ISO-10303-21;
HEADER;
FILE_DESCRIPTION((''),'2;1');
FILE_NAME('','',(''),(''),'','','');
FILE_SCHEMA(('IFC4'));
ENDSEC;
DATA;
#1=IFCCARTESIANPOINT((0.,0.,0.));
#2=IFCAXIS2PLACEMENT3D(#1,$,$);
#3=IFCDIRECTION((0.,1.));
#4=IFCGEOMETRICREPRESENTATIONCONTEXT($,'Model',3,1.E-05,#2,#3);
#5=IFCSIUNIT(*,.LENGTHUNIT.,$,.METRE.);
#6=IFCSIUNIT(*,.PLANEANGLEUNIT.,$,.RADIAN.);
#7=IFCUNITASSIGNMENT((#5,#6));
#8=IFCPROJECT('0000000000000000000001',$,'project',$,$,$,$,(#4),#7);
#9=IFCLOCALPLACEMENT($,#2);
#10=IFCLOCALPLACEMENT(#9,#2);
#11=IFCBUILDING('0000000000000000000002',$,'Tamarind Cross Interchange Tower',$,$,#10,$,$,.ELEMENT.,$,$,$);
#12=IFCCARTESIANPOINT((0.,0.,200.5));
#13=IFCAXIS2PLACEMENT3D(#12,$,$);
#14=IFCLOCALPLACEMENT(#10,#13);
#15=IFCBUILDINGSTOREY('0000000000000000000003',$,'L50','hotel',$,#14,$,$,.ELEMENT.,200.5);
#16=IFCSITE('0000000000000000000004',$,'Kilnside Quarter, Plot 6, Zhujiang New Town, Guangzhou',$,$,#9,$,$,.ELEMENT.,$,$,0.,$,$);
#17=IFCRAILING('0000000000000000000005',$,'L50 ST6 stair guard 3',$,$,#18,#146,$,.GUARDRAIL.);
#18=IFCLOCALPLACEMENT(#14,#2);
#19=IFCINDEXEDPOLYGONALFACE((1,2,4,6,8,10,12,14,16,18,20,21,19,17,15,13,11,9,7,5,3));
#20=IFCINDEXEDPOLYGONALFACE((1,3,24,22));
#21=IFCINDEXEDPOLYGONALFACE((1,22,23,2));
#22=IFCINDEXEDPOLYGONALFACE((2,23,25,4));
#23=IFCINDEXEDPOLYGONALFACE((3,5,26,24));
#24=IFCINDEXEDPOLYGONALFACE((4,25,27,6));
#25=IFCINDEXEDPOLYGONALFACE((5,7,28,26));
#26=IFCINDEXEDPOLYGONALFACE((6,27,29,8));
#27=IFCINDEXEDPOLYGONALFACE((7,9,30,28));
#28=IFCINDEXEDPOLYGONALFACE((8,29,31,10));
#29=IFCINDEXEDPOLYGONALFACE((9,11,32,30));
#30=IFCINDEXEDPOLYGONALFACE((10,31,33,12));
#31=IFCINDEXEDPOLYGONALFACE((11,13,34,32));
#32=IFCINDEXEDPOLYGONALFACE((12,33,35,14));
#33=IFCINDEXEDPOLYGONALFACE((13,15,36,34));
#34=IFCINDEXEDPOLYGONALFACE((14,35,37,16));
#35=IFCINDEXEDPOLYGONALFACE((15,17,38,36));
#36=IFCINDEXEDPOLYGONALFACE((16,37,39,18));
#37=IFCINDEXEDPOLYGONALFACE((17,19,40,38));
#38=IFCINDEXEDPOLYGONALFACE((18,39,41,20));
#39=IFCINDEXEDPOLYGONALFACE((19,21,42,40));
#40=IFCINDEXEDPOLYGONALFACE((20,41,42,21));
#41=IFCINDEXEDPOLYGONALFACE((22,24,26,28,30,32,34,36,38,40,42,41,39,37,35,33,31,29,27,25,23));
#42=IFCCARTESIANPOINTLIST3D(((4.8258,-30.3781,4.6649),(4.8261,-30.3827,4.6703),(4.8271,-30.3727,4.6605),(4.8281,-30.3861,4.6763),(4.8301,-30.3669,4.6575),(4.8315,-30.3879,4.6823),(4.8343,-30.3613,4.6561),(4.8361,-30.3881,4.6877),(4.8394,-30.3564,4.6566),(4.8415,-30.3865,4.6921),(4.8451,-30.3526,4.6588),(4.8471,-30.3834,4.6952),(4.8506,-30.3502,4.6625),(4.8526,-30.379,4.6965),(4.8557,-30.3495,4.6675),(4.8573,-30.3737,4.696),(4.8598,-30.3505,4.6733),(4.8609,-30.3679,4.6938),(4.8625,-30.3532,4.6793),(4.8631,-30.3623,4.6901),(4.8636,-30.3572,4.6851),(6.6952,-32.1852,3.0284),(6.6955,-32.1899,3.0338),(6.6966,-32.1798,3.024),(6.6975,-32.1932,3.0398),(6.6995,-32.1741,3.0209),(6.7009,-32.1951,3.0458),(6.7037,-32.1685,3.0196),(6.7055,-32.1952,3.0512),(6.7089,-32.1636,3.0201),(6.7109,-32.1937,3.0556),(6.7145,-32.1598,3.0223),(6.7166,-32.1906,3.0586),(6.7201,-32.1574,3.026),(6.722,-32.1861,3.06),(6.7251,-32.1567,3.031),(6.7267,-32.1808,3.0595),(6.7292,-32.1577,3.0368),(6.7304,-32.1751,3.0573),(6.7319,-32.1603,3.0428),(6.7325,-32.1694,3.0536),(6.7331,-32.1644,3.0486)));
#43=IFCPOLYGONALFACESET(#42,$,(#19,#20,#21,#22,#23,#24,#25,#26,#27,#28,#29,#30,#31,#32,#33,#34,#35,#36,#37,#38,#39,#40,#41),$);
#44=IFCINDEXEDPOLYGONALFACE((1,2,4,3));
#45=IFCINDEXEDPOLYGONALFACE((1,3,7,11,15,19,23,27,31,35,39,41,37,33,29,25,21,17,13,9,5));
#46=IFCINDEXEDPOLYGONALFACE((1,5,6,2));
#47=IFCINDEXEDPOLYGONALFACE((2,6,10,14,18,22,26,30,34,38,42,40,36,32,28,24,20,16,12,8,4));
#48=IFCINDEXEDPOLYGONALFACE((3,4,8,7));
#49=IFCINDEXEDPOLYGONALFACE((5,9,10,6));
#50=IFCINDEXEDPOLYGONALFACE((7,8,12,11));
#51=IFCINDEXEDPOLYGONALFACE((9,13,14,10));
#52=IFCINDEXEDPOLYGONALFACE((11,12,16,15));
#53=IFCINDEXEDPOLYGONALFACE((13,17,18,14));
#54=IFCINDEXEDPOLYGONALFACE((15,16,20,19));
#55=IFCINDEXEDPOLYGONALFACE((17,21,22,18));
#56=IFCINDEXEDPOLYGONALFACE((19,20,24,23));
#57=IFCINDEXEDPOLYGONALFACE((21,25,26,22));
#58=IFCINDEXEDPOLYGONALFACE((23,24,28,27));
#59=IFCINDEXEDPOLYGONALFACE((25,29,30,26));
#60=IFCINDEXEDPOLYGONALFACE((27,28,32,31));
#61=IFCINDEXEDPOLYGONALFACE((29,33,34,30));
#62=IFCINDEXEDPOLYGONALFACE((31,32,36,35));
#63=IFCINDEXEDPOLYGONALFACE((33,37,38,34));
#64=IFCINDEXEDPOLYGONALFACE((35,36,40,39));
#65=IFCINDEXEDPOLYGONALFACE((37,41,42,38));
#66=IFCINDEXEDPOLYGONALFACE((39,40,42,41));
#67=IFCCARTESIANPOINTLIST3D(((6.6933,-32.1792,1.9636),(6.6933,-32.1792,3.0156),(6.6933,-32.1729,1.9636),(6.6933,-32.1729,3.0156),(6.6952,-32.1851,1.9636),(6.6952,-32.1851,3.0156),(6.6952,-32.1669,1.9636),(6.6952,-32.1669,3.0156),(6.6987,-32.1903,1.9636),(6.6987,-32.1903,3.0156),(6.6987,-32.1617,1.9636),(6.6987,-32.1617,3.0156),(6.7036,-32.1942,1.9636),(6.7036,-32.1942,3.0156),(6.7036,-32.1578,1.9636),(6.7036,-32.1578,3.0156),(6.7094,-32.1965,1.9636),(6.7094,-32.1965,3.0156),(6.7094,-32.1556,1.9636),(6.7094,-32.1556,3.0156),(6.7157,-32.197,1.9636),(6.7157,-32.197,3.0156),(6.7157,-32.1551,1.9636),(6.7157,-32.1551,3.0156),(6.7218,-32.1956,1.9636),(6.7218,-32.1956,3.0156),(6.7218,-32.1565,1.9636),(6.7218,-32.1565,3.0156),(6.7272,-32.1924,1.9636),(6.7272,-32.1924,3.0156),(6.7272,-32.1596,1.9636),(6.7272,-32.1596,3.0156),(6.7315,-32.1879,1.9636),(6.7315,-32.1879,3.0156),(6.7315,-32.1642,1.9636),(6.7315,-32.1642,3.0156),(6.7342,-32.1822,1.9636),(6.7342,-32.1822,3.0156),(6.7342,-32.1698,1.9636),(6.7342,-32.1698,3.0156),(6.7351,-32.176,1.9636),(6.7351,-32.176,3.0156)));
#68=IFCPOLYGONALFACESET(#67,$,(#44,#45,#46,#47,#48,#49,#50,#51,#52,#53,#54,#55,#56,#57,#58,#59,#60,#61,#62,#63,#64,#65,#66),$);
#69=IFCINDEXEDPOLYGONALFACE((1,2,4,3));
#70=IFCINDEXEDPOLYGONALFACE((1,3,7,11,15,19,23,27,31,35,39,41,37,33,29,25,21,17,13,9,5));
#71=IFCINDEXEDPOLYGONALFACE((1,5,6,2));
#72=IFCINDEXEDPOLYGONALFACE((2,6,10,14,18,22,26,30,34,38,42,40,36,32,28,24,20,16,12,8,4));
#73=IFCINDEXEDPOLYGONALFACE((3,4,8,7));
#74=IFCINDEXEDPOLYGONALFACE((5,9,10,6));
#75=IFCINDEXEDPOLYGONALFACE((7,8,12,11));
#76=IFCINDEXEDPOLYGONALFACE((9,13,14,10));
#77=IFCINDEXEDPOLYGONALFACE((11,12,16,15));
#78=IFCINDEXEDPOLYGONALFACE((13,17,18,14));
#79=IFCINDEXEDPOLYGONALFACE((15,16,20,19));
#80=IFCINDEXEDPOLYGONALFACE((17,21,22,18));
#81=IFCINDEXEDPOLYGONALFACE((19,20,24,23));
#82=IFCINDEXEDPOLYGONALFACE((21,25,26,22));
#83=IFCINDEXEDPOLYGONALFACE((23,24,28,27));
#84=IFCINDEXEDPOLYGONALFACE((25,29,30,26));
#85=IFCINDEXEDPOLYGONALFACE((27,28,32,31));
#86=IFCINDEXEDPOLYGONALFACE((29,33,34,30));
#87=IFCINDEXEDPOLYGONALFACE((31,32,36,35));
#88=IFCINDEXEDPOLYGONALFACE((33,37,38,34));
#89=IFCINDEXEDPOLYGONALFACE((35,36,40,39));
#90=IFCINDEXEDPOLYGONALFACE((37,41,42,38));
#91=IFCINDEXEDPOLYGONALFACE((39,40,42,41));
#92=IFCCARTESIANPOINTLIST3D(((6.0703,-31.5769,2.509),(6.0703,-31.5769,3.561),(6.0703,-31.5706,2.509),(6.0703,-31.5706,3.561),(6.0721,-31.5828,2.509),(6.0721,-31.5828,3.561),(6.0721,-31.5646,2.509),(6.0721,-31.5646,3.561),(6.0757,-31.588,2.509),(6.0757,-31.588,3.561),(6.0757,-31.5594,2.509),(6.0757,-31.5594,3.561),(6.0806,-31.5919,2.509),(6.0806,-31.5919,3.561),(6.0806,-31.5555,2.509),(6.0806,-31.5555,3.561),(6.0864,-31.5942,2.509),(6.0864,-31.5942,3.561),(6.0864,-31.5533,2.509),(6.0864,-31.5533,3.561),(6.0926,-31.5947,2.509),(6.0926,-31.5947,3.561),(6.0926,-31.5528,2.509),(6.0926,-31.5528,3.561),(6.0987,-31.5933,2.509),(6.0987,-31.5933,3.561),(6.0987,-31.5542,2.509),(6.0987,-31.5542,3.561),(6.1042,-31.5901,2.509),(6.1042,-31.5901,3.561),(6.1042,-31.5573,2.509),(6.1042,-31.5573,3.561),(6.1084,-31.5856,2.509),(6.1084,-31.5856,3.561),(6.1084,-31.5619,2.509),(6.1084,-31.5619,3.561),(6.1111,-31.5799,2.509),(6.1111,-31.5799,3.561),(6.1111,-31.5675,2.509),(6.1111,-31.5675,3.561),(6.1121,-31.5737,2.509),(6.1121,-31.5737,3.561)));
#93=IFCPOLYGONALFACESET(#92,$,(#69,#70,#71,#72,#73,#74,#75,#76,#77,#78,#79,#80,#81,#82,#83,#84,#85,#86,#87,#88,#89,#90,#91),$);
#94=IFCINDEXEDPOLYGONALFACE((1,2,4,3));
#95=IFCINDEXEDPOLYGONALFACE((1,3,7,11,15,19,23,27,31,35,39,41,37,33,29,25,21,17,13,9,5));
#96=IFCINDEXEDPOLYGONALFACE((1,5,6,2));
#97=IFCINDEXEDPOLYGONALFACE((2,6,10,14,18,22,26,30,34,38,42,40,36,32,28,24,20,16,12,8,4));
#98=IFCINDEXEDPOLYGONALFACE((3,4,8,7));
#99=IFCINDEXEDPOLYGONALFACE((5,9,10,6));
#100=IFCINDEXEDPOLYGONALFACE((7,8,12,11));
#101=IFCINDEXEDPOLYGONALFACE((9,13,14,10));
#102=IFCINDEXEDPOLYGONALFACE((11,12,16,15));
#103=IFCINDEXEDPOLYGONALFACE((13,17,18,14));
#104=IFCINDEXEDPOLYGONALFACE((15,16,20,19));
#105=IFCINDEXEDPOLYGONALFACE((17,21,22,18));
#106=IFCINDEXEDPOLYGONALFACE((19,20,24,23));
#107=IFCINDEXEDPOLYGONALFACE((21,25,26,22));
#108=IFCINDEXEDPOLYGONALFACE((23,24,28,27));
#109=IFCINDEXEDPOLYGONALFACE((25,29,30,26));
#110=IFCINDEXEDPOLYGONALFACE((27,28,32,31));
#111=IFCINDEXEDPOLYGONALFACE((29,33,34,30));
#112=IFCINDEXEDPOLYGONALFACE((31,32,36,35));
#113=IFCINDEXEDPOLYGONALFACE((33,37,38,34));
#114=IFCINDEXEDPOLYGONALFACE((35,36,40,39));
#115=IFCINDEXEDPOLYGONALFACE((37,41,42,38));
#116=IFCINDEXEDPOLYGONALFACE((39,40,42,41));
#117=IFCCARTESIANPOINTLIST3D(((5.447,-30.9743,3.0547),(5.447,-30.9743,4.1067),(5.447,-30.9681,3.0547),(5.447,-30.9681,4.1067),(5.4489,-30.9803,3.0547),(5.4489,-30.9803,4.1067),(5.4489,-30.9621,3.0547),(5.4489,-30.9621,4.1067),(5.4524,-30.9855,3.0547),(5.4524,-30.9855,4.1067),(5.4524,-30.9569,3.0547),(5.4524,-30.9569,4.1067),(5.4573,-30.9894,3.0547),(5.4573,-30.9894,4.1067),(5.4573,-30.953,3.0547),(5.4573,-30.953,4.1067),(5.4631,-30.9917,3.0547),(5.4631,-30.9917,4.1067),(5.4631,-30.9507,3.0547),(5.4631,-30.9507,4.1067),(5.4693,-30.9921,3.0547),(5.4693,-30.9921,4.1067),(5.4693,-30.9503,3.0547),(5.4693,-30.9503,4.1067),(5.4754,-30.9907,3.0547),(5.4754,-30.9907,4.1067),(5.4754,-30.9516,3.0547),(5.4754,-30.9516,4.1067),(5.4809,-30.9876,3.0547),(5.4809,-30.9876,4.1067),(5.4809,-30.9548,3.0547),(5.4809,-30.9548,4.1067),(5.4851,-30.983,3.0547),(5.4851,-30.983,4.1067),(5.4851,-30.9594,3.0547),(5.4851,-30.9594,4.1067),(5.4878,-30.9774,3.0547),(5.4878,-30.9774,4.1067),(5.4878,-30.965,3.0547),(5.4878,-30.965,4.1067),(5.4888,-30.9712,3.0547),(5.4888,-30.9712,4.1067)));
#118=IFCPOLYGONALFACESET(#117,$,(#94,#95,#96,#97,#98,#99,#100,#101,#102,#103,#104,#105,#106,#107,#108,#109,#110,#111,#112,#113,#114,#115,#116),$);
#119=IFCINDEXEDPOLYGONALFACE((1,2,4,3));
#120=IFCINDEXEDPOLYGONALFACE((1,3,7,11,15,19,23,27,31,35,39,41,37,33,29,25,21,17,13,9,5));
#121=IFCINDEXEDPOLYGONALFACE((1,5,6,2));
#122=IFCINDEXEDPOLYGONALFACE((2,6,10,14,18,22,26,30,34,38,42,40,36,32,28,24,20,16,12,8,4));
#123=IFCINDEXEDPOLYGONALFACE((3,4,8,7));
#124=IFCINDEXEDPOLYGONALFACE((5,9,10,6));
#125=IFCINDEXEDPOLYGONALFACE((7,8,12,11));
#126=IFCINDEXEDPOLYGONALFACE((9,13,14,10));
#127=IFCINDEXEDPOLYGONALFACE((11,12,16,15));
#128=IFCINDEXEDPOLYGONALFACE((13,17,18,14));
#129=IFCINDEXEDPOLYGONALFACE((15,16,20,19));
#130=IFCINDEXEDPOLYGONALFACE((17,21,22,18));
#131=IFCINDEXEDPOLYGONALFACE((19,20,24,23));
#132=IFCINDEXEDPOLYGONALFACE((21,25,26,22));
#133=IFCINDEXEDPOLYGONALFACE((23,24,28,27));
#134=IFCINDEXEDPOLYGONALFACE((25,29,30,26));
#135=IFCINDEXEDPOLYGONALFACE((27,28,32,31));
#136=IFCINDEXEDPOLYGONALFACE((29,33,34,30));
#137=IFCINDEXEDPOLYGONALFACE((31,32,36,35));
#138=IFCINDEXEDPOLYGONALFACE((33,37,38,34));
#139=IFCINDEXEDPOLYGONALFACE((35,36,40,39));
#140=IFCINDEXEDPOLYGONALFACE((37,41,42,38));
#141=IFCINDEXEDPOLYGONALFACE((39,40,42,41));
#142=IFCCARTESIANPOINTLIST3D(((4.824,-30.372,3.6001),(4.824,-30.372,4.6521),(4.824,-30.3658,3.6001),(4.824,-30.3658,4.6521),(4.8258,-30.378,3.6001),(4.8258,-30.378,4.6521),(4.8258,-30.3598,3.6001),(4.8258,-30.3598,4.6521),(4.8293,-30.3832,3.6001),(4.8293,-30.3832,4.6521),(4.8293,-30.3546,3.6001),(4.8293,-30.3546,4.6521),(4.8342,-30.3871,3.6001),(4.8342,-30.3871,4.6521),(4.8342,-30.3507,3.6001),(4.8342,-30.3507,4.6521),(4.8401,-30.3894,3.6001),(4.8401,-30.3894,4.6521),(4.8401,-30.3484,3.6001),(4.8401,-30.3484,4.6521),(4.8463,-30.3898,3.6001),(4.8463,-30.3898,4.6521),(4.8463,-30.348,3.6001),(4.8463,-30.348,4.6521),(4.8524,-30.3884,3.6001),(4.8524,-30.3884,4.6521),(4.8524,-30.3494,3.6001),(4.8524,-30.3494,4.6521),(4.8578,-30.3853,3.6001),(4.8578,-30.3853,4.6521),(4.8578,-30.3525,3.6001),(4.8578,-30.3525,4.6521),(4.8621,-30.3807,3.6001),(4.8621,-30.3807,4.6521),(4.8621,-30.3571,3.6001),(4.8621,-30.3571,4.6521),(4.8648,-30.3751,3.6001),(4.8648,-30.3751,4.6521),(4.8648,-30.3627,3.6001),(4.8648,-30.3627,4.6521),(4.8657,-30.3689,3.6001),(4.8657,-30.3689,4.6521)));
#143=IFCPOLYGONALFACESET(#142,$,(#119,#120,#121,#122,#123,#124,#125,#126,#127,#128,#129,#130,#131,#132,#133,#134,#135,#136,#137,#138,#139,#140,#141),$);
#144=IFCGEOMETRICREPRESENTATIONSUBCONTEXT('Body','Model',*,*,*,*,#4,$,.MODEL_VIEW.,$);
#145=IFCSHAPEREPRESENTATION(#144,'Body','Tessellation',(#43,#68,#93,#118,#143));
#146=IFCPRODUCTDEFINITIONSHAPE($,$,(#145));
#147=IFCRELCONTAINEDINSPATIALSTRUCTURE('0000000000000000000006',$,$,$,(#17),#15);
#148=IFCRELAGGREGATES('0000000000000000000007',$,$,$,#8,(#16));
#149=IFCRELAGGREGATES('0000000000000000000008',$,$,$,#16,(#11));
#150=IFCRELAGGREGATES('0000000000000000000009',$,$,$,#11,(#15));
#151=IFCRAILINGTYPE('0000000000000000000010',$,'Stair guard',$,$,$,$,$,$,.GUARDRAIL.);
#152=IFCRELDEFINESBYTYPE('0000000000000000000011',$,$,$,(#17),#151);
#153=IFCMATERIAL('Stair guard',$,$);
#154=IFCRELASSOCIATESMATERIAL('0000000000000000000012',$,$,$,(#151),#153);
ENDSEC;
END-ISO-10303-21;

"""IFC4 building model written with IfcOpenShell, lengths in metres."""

from ifc_helpers import new_model, si_unit, direction, frame, origin, origin_2d, place, context, subcontext, project, spatial, circle, extrude, material, type_object, element, save


model = new_model("IFC4")

# Units and contexts
model_context = context("Model", 3, precision=1e-05, world=origin(), true_north=direction((0.0, 1.0)))
body_context = subcontext(model_context, "Body", "Model", "MODEL_VIEW")
ifc_project = project(units=[si_unit("LENGTHUNIT", "METRE"), si_unit("PLANEANGLEUNIT", "RADIAN")], contexts=[model_context])

# Site, building, storey
site_placement = place(None, origin())
site = spatial("IfcSite", under=ifc_project, at=site_placement, Name="Kilnside Quarter, Plot 6, Zhujiang New Town, Guangzhou", CompositionType="ELEMENT", RefElevation=0.0)
building_placement = place(site_placement, origin())
building = spatial("IfcBuilding", under=site, at=building_placement, Name="Tamarind Cross Interchange Tower", CompositionType="ELEMENT")
storey_placement = place(building_placement, frame((0.0, 0.0, 200.5)))
storey = spatial("IfcBuildingStorey", under=building, at=storey_placement, Name="L50", Description="hotel", CompositionType="ELEMENT", Elevation=200.5)

# Railing
ifc_material_1 = material(Name="Stair guard")
railing_type_1 = type_object("IfcRailingType", Name="Stair guard", PredefinedType="GUARDRAIL", material=ifc_material_1)
railing_1_placement = place(storey_placement, frame((6.7141, -32.176, 1.9636)))
element("IfcRailing", 1, at=railing_1_placement, inside=storey, type_object=railing_type_1, Name="L50 ST6 stair guard 3", PredefinedType="GUARDRAIL", context=body_context, shape_type="SweptSolid", body=[
    extrude(circle(Radius=0.0239, at=origin_2d()), frame((0.0, 0.0, 1.0762), z_axis=(-0.608486, 0.588221, 0.532673), x_axis=(-0.695033, -0.718977, 0.0)), (0.0, 0.0, 1.0), 3.0723),
    extrude(circle(Radius=0.021, at=origin_2d()), origin(), (0.0, 0.0, 1.0), 1.052),
    extrude(circle(Radius=0.021, at=origin_2d()), frame((-0.623, 0.6023, 0.5454)), (0.0, 0.0, 1.0), 1.052),
    extrude(circle(Radius=0.021, at=origin_2d()), frame((-1.2463, 1.2048, 1.0911)), (0.0, 0.0, 1.0), 1.052),
    extrude(circle(Radius=0.021, at=origin_2d()), frame((-1.8694, 1.8071, 1.6365)), (0.0, 0.0, 1.0), 1.052),
])

save(model, "model.ifc")
